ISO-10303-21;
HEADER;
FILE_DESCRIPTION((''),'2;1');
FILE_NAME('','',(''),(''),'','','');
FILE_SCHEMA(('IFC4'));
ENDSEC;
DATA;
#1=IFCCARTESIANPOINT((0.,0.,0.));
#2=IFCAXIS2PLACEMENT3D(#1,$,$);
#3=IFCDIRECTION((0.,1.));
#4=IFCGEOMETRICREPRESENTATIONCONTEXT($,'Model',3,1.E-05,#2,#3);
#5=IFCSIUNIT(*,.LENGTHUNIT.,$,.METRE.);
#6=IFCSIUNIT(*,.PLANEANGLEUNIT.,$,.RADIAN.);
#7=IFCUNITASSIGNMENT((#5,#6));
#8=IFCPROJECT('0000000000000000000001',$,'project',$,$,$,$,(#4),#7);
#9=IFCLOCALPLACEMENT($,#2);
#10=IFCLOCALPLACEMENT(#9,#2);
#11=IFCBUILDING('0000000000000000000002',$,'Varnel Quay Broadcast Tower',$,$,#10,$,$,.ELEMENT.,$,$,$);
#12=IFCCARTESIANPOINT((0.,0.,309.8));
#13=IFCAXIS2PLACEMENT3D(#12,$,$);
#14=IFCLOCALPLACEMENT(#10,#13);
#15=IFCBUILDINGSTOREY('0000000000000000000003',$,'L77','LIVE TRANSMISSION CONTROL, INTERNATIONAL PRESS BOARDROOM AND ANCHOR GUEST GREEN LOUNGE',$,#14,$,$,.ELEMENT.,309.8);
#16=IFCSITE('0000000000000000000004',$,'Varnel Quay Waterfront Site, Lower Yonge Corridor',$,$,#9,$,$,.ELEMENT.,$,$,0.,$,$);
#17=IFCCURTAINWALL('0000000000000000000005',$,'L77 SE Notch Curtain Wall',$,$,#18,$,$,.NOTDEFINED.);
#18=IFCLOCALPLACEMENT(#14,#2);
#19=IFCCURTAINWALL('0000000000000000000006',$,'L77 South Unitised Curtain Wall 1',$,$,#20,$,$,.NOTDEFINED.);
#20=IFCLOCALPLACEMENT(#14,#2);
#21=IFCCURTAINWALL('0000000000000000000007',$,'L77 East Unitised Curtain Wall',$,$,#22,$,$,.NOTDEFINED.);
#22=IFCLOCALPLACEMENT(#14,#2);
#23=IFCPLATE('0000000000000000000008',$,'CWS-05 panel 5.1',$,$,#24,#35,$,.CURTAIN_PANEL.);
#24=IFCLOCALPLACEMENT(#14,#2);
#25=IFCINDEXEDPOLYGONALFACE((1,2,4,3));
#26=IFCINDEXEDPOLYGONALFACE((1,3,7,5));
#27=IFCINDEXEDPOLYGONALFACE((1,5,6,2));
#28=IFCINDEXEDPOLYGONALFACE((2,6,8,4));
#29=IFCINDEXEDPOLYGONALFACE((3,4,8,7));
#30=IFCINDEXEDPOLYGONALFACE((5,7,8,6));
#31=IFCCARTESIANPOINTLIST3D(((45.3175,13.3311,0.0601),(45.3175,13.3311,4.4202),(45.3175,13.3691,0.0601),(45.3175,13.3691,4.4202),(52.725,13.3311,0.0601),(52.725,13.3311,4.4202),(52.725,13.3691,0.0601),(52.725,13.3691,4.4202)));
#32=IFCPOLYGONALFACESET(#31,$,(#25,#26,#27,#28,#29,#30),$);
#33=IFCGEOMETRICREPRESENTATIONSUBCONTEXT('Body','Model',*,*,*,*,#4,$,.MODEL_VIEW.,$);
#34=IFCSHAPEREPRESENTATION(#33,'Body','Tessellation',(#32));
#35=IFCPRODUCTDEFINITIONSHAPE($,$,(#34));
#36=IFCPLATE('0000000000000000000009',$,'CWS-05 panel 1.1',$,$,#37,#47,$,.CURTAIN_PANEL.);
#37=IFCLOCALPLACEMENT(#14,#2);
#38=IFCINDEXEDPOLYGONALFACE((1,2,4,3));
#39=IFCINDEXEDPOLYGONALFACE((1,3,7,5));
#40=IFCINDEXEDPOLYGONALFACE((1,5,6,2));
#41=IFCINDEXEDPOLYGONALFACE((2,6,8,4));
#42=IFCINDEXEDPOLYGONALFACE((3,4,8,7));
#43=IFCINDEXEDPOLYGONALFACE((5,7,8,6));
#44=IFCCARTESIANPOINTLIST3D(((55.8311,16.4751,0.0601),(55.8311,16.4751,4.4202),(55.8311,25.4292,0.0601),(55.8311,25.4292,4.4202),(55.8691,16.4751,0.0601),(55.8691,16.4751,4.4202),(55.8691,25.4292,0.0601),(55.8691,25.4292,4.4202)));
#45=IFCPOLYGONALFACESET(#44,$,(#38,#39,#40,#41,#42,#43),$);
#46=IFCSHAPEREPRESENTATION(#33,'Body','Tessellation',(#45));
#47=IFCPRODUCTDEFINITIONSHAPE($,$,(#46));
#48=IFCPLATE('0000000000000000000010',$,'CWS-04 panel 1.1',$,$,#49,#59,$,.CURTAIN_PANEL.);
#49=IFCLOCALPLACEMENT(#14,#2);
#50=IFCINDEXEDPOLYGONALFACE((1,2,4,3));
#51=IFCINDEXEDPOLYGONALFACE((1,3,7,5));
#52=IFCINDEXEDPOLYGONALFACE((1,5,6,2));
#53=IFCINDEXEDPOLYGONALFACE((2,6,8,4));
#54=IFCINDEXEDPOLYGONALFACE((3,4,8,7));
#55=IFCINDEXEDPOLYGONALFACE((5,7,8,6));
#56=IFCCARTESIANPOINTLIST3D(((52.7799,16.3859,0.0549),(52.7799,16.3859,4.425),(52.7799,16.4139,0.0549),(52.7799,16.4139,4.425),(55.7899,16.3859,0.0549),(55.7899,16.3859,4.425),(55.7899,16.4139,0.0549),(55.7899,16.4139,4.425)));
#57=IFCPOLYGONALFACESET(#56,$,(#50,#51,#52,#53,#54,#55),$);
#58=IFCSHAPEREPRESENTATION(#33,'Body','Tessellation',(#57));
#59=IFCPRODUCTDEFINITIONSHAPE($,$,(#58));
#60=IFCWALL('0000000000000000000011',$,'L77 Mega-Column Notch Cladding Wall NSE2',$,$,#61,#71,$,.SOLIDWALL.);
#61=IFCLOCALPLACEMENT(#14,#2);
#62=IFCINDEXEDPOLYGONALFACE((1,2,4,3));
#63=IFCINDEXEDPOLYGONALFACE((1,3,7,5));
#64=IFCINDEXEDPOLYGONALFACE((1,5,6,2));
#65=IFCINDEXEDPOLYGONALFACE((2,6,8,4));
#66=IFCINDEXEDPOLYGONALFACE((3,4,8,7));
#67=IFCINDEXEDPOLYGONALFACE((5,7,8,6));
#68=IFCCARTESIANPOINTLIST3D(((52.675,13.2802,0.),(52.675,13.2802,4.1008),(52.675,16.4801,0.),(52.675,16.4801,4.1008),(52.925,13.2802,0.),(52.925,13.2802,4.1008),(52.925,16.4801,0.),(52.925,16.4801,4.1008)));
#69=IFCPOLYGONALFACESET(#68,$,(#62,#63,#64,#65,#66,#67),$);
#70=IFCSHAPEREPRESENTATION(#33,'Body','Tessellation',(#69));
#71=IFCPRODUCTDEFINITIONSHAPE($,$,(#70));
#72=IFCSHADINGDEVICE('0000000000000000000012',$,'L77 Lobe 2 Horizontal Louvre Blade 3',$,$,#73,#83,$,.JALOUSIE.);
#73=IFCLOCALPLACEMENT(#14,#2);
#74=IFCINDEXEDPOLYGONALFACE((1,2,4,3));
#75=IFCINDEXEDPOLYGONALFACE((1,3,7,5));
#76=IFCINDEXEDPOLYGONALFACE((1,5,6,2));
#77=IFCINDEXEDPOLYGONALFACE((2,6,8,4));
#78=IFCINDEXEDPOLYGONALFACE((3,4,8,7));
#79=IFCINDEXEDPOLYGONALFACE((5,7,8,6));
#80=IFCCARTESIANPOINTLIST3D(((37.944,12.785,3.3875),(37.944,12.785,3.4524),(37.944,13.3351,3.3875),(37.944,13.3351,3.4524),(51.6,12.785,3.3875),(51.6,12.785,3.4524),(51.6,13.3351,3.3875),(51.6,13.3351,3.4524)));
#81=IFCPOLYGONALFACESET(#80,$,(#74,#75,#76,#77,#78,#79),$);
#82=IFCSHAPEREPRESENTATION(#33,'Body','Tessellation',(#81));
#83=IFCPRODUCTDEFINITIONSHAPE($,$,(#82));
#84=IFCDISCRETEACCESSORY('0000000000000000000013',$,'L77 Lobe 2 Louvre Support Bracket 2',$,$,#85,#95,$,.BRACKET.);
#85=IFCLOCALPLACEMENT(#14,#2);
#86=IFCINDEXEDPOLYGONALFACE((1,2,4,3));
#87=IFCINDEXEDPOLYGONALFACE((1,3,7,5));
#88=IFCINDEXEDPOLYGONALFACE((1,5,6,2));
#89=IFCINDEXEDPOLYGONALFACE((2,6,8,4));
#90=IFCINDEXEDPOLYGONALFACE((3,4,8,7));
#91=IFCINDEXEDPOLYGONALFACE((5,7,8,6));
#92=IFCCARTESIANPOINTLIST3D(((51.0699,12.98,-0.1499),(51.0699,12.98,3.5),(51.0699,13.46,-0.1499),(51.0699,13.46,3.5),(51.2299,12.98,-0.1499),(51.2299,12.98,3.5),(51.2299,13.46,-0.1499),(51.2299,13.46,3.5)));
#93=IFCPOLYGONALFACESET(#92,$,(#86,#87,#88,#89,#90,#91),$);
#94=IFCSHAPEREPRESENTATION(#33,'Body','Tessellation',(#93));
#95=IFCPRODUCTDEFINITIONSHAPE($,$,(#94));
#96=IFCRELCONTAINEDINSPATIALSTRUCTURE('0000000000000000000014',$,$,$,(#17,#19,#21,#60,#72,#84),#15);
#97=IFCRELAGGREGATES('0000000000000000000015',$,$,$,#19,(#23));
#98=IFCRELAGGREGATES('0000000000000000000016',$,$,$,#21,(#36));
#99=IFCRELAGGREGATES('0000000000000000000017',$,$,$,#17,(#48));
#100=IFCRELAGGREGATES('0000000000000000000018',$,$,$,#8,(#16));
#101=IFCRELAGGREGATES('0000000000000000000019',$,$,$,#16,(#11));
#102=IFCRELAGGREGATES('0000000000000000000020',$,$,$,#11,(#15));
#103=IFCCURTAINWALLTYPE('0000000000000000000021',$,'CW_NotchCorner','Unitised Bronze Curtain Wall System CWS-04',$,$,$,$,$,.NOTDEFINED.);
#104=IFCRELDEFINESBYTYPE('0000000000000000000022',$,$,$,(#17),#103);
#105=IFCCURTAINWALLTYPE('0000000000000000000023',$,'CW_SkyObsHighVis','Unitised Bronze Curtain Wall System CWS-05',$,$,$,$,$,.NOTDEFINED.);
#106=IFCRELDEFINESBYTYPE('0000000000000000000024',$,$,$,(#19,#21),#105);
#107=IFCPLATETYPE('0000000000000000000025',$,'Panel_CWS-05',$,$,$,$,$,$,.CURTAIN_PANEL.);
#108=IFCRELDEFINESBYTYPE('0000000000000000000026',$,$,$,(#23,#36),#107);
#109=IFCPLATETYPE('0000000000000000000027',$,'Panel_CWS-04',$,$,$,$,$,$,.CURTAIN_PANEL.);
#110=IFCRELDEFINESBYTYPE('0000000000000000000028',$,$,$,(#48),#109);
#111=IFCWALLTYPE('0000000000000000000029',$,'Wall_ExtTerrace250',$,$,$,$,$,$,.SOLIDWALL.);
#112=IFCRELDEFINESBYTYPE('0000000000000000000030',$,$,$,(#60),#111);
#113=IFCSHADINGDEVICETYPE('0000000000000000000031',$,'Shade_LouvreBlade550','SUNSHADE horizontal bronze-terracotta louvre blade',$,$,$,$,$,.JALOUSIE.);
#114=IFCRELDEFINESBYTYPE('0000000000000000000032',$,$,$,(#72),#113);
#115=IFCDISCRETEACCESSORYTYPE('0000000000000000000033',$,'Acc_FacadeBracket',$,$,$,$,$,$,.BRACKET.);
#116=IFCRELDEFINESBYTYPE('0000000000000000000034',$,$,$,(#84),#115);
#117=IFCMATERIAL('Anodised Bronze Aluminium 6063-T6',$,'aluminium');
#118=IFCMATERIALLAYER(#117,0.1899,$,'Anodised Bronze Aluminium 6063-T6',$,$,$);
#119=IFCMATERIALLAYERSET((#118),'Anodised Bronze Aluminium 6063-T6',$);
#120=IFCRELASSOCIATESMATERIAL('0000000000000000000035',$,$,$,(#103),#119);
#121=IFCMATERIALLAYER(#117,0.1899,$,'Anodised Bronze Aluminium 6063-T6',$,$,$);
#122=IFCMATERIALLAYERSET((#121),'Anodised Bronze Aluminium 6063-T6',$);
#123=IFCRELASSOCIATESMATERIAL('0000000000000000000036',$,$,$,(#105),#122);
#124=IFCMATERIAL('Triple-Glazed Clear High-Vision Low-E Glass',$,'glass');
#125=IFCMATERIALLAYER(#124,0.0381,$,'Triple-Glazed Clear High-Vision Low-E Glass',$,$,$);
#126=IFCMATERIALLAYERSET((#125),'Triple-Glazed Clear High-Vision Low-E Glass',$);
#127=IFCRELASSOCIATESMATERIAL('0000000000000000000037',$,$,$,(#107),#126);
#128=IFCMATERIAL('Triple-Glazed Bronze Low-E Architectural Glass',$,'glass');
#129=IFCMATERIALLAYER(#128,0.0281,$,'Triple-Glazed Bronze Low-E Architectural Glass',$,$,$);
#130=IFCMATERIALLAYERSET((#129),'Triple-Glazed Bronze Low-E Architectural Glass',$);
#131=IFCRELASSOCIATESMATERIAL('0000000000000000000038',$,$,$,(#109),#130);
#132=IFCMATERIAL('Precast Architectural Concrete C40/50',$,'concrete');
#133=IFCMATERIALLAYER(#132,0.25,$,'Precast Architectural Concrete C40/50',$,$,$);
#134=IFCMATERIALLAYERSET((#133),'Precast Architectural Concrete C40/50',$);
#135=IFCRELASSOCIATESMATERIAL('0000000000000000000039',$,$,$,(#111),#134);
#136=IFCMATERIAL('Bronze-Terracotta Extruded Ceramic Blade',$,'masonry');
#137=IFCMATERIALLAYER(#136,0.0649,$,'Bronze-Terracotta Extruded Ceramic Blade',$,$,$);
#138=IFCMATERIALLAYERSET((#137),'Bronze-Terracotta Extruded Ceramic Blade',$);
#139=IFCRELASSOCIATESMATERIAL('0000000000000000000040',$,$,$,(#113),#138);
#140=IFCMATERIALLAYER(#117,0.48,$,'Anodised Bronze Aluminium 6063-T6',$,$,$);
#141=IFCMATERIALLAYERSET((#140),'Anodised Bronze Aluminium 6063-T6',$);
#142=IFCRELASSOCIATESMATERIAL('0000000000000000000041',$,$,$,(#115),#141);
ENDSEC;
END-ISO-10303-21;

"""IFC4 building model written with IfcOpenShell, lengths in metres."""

from ifc_helpers import new_model, si_unit, direction, frame, frame_2d, origin, origin_2d, place, context, subcontext, project, spatial, rectangle, extrude, source, transform, mapped, material, layer, layer_set, type_object, type_shapes, element, aggregate, save


model = new_model("IFC4")

# Units and contexts
model_context = context("Model", 3, precision=1e-05, world=origin(), true_north=direction((0.0, 1.0)))
body_context = subcontext(model_context, "Body", "Model", "MODEL_VIEW")
ifc_project = project(units=[si_unit("LENGTHUNIT", "METRE"), si_unit("PLANEANGLEUNIT", "RADIAN")], contexts=[model_context])

# Site, building, storey
site_placement = place(None, origin())
site = spatial("IfcSite", under=ifc_project, at=site_placement, Name="Varnel Quay Waterfront Site, Lower Yonge Corridor", CompositionType="ELEMENT", RefElevation=0.0)
building_placement = place(site_placement, origin())
building = spatial("IfcBuilding", under=site, at=building_placement, Name="Varnel Quay Broadcast Tower", CompositionType="ELEMENT")
storey_placement = place(building_placement, frame((0.0, 0.0, 309.8)))
storey = spatial("IfcBuildingStorey", under=building, at=storey_placement, Name="L77", Description="LIVE TRANSMISSION CONTROL, INTERNATIONAL PRESS BOARDROOM AND ANCHOR GUEST GREEN LOUNGE", CompositionType="ELEMENT", Elevation=309.8)

# Curtain walls
ifc_material_1 = material(Name="Anodised Bronze Aluminium 6063-T6", Category="aluminium")
ifc_layer_1 = layer(ifc_material_1, 0.1899, Name="Anodised Bronze Aluminium 6063-T6")
ifc_layer_set_1 = layer_set([ifc_layer_1], Name="Anodised Bronze Aluminium 6063-T6")
curtain_wall_type_1 = type_object("IfcCurtainWallType", Name="CW_NotchCorner", Description="Unitised Bronze Curtain Wall System CWS-04", PredefinedType="NOTDEFINED", material=ifc_layer_set_1)
curtain_wall_1_placement = place(storey_placement, origin())
curtain_wall_1 = element("IfcCurtainWall", 1, at=curtain_wall_1_placement, inside=storey, type_object=curtain_wall_type_1, Name="L77 SE Notch Curtain Wall", PredefinedType="NOTDEFINED")
ifc_layer_2 = layer(ifc_material_1, 0.1899, Name="Anodised Bronze Aluminium 6063-T6")
ifc_layer_set_2 = layer_set([ifc_layer_2], Name="Anodised Bronze Aluminium 6063-T6")
curtain_wall_type_2 = type_object("IfcCurtainWallType", Name="CW_SkyObsHighVis", Description="Unitised Bronze Curtain Wall System CWS-05", PredefinedType="NOTDEFINED", material=ifc_layer_set_2)
curtain_wall_2_placement = place(storey_placement, origin())
curtain_wall_2 = element("IfcCurtainWall", 2, at=curtain_wall_2_placement, inside=storey, type_object=curtain_wall_type_2, Name="L77 South Unitised Curtain Wall 1", PredefinedType="NOTDEFINED")
curtain_wall_3_placement = place(storey_placement, origin())
curtain_wall_3 = element("IfcCurtainWall", 3, at=curtain_wall_3_placement, inside=storey, type_object=curtain_wall_type_2, Name="L77 East Unitised Curtain Wall", PredefinedType="NOTDEFINED")

# Plates
ifc_material_2 = material(Name="Triple-Glazed Clear High-Vision Low-E Glass", Category="glass")
ifc_layer_3 = layer(ifc_material_2, 0.0381, Name="Triple-Glazed Clear High-Vision Low-E Glass")
ifc_layer_set_3 = layer_set([ifc_layer_3], Name="Triple-Glazed Clear High-Vision Low-E Glass")
plate_type_1 = type_object("IfcPlateType", Name="Panel_CWS-05", PredefinedType="CURTAIN_PANEL", material=ifc_layer_set_3)
shared_shape_1 = source(origin(), body_context, "Body", "SweptSolid", [
    extrude(rectangle(XDim=7.4075, YDim=0.0381, at=origin_2d()), origin(), (0.0, 0.0, 1.0), 4.3601),
])
plate_1_placement = place(storey_placement, frame((49.0212, 13.3501, 0.0601), z_axis=(0.0, 0.0, 1.0), x_axis=(1.0, 0.0, 0.0)))
plate_1 = element("IfcPlate", 4, at=plate_1_placement, type_object=plate_type_1, Name="CWS-05 panel 5.1", PredefinedType="CURTAIN_PANEL", context=body_context, shape_type="MappedRepresentation", body=[
    mapped(shared_shape_1, transform((0.0, 0.0, 0.0), x_axis=(1.0, 0.0, 0.0), y_axis=(0.0, 1.0, 0.0), z_axis=(0.0, 0.0, 1.0), scale=1.0)),
])
aggregate(curtain_wall_2, [plate_1])
shared_shape_2 = source(origin(), body_context, "Body", "SweptSolid", [
    extrude(rectangle(XDim=8.9541, YDim=0.0381, at=origin_2d()), origin(), (0.0, 0.0, 1.0), 4.3601),
])
type_shapes(plate_type_1, [shared_shape_1, shared_shape_2])
plate_2_placement = place(storey_placement, frame((55.8501, 20.9521, 0.0601), z_axis=(0.0, 0.0, 1.0), x_axis=(0.0, 1.0, 0.0)))
plate_2 = element("IfcPlate", 5, at=plate_2_placement, type_object=plate_type_1, Name="CWS-05 panel 1.1", PredefinedType="CURTAIN_PANEL", context=body_context, shape_type="MappedRepresentation", body=[
    mapped(shared_shape_2, transform((0.0, 0.0, 0.0), x_axis=(1.0, 0.0, 0.0), y_axis=(0.0, 1.0, 0.0), z_axis=(0.0, 0.0, 1.0), scale=1.0)),
])
aggregate(curtain_wall_3, [plate_2])
ifc_material_3 = material(Name="Triple-Glazed Bronze Low-E Architectural Glass", Category="glass")
ifc_layer_4 = layer(ifc_material_3, 0.0281, Name="Triple-Glazed Bronze Low-E Architectural Glass")
ifc_layer_set_4 = layer_set([ifc_layer_4], Name="Triple-Glazed Bronze Low-E Architectural Glass")
plate_type_2 = type_object("IfcPlateType", Name="Panel_CWS-04", PredefinedType="CURTAIN_PANEL", material=ifc_layer_set_4)
shared_shape_3 = source(origin(), body_context, "Body", "SweptSolid", [
    extrude(rectangle(XDim=3.01, YDim=0.0281, at=origin_2d()), origin(), (0.0, 0.0, 1.0), 4.3701),
])
type_shapes(plate_type_2, [shared_shape_3])
plate_3_placement = place(storey_placement, frame((54.2849, 16.3999, 0.0549), z_axis=(0.0, 0.0, 1.0), x_axis=(1.0, 0.0, 0.0)))
plate_3 = element("IfcPlate", 6, at=plate_3_placement, type_object=plate_type_2, Name="CWS-04 panel 1.1", PredefinedType="CURTAIN_PANEL", context=body_context, shape_type="MappedRepresentation", body=[
    mapped(shared_shape_3, transform((0.0, 0.0, 0.0), x_axis=(1.0, 0.0, 0.0), y_axis=(0.0, 1.0, 0.0), z_axis=(0.0, 0.0, 1.0), scale=1.0)),
])
aggregate(curtain_wall_1, [plate_3])

# Wall
ifc_material_4 = material(Name="Precast Architectural Concrete C40/50", Category="concrete")
ifc_layer_5 = layer(ifc_material_4, 0.25, Name="Precast Architectural Concrete C40/50")
ifc_layer_set_5 = layer_set([ifc_layer_5], Name="Precast Architectural Concrete C40/50")
wall_type = type_object("IfcWallType", Name="Wall_ExtTerrace250", PredefinedType="SOLIDWALL", material=ifc_layer_set_5)
wall_placement = place(storey_placement, frame((52.8, 13.28, 0.0), z_axis=(0.0, 0.0, 1.0), x_axis=(0.0, 1.0, 0.0)))
element("IfcWall", 7, at=wall_placement, inside=storey, type_object=wall_type, Name="L77 Mega-Column Notch Cladding Wall NSE2", PredefinedType="SOLIDWALL", context=body_context, shape_type="SweptSolid", body=[
    extrude(rectangle(XDim=3.2, YDim=0.25, at=frame_2d((1.6001, 0.0))), origin(), (0.0, 0.0, 1.0), 4.1008),
])

# Shading device
ifc_material_5 = material(Name="Bronze-Terracotta Extruded Ceramic Blade", Category="masonry")
ifc_layer_6 = layer(ifc_material_5, 0.0649, Name="Bronze-Terracotta Extruded Ceramic Blade")
ifc_layer_set_6 = layer_set([ifc_layer_6], Name="Bronze-Terracotta Extruded Ceramic Blade")
shading_device_type = type_object("IfcShadingDeviceType", Name="Shade_LouvreBlade550", Description="SUNSHADE horizontal bronze-terracotta louvre blade", PredefinedType="JALOUSIE", material=ifc_layer_set_6)
shared_shape_4 = source(origin(), body_context, "Body", "SweptSolid", [
    extrude(rectangle(XDim=13.656, YDim=0.55, at=origin_2d()), origin(), (0.0, 0.0, 1.0), 0.0649),
])
type_shapes(shading_device_type, [shared_shape_4])
shading_device_placement = place(storey_placement, frame((44.772, 13.0601, 3.3875), z_axis=(0.0, 0.0, 1.0), x_axis=(1.0, 0.0, 0.0)))
element("IfcShadingDevice", 8, at=shading_device_placement, inside=storey, type_object=shading_device_type, Name="L77 Lobe 2 Horizontal Louvre Blade 3", PredefinedType="JALOUSIE", context=body_context, shape_type="MappedRepresentation", body=[
    mapped(shared_shape_4, transform((0.0, 0.0, 0.0), x_axis=(1.0, 0.0, 0.0), y_axis=(0.0, 1.0, 0.0), z_axis=(0.0, 0.0, 1.0), scale=1.0)),
])

# Discrete accessory
ifc_layer_7 = layer(ifc_material_1, 0.48, Name="Anodised Bronze Aluminium 6063-T6")
ifc_layer_set_7 = layer_set([ifc_layer_7], Name="Anodised Bronze Aluminium 6063-T6")
discrete_accessory_type = type_object("IfcDiscreteAccessoryType", Name="Acc_FacadeBracket", PredefinedType="BRACKET", material=ifc_layer_set_7)
shared_shape_5 = source(origin(), body_context, "Body", "SweptSolid", [
    extrude(rectangle(XDim=0.1599, YDim=0.48, at=origin_2d()), origin(), (0.0, 0.0, 1.0), 3.6499),
])
type_shapes(discrete_accessory_type, [shared_shape_5])
discrete_accessory_placement = place(storey_placement, frame((51.1499, 13.22, -0.1499), z_axis=(0.0, 0.0, 1.0), x_axis=(1.0, 0.0, 0.0)))
element("IfcDiscreteAccessory", 9, at=discrete_accessory_placement, inside=storey, type_object=discrete_accessory_type, Name="L77 Lobe 2 Louvre Support Bracket 2", PredefinedType="BRACKET", context=body_context, shape_type="MappedRepresentation", body=[
    mapped(shared_shape_5, transform((0.0, 0.0, 0.0), x_axis=(1.0, 0.0, 0.0), y_axis=(0.0, 1.0, 0.0), z_axis=(0.0, 0.0, 1.0), scale=1.0)),
])

save(model, "model.ifc")
